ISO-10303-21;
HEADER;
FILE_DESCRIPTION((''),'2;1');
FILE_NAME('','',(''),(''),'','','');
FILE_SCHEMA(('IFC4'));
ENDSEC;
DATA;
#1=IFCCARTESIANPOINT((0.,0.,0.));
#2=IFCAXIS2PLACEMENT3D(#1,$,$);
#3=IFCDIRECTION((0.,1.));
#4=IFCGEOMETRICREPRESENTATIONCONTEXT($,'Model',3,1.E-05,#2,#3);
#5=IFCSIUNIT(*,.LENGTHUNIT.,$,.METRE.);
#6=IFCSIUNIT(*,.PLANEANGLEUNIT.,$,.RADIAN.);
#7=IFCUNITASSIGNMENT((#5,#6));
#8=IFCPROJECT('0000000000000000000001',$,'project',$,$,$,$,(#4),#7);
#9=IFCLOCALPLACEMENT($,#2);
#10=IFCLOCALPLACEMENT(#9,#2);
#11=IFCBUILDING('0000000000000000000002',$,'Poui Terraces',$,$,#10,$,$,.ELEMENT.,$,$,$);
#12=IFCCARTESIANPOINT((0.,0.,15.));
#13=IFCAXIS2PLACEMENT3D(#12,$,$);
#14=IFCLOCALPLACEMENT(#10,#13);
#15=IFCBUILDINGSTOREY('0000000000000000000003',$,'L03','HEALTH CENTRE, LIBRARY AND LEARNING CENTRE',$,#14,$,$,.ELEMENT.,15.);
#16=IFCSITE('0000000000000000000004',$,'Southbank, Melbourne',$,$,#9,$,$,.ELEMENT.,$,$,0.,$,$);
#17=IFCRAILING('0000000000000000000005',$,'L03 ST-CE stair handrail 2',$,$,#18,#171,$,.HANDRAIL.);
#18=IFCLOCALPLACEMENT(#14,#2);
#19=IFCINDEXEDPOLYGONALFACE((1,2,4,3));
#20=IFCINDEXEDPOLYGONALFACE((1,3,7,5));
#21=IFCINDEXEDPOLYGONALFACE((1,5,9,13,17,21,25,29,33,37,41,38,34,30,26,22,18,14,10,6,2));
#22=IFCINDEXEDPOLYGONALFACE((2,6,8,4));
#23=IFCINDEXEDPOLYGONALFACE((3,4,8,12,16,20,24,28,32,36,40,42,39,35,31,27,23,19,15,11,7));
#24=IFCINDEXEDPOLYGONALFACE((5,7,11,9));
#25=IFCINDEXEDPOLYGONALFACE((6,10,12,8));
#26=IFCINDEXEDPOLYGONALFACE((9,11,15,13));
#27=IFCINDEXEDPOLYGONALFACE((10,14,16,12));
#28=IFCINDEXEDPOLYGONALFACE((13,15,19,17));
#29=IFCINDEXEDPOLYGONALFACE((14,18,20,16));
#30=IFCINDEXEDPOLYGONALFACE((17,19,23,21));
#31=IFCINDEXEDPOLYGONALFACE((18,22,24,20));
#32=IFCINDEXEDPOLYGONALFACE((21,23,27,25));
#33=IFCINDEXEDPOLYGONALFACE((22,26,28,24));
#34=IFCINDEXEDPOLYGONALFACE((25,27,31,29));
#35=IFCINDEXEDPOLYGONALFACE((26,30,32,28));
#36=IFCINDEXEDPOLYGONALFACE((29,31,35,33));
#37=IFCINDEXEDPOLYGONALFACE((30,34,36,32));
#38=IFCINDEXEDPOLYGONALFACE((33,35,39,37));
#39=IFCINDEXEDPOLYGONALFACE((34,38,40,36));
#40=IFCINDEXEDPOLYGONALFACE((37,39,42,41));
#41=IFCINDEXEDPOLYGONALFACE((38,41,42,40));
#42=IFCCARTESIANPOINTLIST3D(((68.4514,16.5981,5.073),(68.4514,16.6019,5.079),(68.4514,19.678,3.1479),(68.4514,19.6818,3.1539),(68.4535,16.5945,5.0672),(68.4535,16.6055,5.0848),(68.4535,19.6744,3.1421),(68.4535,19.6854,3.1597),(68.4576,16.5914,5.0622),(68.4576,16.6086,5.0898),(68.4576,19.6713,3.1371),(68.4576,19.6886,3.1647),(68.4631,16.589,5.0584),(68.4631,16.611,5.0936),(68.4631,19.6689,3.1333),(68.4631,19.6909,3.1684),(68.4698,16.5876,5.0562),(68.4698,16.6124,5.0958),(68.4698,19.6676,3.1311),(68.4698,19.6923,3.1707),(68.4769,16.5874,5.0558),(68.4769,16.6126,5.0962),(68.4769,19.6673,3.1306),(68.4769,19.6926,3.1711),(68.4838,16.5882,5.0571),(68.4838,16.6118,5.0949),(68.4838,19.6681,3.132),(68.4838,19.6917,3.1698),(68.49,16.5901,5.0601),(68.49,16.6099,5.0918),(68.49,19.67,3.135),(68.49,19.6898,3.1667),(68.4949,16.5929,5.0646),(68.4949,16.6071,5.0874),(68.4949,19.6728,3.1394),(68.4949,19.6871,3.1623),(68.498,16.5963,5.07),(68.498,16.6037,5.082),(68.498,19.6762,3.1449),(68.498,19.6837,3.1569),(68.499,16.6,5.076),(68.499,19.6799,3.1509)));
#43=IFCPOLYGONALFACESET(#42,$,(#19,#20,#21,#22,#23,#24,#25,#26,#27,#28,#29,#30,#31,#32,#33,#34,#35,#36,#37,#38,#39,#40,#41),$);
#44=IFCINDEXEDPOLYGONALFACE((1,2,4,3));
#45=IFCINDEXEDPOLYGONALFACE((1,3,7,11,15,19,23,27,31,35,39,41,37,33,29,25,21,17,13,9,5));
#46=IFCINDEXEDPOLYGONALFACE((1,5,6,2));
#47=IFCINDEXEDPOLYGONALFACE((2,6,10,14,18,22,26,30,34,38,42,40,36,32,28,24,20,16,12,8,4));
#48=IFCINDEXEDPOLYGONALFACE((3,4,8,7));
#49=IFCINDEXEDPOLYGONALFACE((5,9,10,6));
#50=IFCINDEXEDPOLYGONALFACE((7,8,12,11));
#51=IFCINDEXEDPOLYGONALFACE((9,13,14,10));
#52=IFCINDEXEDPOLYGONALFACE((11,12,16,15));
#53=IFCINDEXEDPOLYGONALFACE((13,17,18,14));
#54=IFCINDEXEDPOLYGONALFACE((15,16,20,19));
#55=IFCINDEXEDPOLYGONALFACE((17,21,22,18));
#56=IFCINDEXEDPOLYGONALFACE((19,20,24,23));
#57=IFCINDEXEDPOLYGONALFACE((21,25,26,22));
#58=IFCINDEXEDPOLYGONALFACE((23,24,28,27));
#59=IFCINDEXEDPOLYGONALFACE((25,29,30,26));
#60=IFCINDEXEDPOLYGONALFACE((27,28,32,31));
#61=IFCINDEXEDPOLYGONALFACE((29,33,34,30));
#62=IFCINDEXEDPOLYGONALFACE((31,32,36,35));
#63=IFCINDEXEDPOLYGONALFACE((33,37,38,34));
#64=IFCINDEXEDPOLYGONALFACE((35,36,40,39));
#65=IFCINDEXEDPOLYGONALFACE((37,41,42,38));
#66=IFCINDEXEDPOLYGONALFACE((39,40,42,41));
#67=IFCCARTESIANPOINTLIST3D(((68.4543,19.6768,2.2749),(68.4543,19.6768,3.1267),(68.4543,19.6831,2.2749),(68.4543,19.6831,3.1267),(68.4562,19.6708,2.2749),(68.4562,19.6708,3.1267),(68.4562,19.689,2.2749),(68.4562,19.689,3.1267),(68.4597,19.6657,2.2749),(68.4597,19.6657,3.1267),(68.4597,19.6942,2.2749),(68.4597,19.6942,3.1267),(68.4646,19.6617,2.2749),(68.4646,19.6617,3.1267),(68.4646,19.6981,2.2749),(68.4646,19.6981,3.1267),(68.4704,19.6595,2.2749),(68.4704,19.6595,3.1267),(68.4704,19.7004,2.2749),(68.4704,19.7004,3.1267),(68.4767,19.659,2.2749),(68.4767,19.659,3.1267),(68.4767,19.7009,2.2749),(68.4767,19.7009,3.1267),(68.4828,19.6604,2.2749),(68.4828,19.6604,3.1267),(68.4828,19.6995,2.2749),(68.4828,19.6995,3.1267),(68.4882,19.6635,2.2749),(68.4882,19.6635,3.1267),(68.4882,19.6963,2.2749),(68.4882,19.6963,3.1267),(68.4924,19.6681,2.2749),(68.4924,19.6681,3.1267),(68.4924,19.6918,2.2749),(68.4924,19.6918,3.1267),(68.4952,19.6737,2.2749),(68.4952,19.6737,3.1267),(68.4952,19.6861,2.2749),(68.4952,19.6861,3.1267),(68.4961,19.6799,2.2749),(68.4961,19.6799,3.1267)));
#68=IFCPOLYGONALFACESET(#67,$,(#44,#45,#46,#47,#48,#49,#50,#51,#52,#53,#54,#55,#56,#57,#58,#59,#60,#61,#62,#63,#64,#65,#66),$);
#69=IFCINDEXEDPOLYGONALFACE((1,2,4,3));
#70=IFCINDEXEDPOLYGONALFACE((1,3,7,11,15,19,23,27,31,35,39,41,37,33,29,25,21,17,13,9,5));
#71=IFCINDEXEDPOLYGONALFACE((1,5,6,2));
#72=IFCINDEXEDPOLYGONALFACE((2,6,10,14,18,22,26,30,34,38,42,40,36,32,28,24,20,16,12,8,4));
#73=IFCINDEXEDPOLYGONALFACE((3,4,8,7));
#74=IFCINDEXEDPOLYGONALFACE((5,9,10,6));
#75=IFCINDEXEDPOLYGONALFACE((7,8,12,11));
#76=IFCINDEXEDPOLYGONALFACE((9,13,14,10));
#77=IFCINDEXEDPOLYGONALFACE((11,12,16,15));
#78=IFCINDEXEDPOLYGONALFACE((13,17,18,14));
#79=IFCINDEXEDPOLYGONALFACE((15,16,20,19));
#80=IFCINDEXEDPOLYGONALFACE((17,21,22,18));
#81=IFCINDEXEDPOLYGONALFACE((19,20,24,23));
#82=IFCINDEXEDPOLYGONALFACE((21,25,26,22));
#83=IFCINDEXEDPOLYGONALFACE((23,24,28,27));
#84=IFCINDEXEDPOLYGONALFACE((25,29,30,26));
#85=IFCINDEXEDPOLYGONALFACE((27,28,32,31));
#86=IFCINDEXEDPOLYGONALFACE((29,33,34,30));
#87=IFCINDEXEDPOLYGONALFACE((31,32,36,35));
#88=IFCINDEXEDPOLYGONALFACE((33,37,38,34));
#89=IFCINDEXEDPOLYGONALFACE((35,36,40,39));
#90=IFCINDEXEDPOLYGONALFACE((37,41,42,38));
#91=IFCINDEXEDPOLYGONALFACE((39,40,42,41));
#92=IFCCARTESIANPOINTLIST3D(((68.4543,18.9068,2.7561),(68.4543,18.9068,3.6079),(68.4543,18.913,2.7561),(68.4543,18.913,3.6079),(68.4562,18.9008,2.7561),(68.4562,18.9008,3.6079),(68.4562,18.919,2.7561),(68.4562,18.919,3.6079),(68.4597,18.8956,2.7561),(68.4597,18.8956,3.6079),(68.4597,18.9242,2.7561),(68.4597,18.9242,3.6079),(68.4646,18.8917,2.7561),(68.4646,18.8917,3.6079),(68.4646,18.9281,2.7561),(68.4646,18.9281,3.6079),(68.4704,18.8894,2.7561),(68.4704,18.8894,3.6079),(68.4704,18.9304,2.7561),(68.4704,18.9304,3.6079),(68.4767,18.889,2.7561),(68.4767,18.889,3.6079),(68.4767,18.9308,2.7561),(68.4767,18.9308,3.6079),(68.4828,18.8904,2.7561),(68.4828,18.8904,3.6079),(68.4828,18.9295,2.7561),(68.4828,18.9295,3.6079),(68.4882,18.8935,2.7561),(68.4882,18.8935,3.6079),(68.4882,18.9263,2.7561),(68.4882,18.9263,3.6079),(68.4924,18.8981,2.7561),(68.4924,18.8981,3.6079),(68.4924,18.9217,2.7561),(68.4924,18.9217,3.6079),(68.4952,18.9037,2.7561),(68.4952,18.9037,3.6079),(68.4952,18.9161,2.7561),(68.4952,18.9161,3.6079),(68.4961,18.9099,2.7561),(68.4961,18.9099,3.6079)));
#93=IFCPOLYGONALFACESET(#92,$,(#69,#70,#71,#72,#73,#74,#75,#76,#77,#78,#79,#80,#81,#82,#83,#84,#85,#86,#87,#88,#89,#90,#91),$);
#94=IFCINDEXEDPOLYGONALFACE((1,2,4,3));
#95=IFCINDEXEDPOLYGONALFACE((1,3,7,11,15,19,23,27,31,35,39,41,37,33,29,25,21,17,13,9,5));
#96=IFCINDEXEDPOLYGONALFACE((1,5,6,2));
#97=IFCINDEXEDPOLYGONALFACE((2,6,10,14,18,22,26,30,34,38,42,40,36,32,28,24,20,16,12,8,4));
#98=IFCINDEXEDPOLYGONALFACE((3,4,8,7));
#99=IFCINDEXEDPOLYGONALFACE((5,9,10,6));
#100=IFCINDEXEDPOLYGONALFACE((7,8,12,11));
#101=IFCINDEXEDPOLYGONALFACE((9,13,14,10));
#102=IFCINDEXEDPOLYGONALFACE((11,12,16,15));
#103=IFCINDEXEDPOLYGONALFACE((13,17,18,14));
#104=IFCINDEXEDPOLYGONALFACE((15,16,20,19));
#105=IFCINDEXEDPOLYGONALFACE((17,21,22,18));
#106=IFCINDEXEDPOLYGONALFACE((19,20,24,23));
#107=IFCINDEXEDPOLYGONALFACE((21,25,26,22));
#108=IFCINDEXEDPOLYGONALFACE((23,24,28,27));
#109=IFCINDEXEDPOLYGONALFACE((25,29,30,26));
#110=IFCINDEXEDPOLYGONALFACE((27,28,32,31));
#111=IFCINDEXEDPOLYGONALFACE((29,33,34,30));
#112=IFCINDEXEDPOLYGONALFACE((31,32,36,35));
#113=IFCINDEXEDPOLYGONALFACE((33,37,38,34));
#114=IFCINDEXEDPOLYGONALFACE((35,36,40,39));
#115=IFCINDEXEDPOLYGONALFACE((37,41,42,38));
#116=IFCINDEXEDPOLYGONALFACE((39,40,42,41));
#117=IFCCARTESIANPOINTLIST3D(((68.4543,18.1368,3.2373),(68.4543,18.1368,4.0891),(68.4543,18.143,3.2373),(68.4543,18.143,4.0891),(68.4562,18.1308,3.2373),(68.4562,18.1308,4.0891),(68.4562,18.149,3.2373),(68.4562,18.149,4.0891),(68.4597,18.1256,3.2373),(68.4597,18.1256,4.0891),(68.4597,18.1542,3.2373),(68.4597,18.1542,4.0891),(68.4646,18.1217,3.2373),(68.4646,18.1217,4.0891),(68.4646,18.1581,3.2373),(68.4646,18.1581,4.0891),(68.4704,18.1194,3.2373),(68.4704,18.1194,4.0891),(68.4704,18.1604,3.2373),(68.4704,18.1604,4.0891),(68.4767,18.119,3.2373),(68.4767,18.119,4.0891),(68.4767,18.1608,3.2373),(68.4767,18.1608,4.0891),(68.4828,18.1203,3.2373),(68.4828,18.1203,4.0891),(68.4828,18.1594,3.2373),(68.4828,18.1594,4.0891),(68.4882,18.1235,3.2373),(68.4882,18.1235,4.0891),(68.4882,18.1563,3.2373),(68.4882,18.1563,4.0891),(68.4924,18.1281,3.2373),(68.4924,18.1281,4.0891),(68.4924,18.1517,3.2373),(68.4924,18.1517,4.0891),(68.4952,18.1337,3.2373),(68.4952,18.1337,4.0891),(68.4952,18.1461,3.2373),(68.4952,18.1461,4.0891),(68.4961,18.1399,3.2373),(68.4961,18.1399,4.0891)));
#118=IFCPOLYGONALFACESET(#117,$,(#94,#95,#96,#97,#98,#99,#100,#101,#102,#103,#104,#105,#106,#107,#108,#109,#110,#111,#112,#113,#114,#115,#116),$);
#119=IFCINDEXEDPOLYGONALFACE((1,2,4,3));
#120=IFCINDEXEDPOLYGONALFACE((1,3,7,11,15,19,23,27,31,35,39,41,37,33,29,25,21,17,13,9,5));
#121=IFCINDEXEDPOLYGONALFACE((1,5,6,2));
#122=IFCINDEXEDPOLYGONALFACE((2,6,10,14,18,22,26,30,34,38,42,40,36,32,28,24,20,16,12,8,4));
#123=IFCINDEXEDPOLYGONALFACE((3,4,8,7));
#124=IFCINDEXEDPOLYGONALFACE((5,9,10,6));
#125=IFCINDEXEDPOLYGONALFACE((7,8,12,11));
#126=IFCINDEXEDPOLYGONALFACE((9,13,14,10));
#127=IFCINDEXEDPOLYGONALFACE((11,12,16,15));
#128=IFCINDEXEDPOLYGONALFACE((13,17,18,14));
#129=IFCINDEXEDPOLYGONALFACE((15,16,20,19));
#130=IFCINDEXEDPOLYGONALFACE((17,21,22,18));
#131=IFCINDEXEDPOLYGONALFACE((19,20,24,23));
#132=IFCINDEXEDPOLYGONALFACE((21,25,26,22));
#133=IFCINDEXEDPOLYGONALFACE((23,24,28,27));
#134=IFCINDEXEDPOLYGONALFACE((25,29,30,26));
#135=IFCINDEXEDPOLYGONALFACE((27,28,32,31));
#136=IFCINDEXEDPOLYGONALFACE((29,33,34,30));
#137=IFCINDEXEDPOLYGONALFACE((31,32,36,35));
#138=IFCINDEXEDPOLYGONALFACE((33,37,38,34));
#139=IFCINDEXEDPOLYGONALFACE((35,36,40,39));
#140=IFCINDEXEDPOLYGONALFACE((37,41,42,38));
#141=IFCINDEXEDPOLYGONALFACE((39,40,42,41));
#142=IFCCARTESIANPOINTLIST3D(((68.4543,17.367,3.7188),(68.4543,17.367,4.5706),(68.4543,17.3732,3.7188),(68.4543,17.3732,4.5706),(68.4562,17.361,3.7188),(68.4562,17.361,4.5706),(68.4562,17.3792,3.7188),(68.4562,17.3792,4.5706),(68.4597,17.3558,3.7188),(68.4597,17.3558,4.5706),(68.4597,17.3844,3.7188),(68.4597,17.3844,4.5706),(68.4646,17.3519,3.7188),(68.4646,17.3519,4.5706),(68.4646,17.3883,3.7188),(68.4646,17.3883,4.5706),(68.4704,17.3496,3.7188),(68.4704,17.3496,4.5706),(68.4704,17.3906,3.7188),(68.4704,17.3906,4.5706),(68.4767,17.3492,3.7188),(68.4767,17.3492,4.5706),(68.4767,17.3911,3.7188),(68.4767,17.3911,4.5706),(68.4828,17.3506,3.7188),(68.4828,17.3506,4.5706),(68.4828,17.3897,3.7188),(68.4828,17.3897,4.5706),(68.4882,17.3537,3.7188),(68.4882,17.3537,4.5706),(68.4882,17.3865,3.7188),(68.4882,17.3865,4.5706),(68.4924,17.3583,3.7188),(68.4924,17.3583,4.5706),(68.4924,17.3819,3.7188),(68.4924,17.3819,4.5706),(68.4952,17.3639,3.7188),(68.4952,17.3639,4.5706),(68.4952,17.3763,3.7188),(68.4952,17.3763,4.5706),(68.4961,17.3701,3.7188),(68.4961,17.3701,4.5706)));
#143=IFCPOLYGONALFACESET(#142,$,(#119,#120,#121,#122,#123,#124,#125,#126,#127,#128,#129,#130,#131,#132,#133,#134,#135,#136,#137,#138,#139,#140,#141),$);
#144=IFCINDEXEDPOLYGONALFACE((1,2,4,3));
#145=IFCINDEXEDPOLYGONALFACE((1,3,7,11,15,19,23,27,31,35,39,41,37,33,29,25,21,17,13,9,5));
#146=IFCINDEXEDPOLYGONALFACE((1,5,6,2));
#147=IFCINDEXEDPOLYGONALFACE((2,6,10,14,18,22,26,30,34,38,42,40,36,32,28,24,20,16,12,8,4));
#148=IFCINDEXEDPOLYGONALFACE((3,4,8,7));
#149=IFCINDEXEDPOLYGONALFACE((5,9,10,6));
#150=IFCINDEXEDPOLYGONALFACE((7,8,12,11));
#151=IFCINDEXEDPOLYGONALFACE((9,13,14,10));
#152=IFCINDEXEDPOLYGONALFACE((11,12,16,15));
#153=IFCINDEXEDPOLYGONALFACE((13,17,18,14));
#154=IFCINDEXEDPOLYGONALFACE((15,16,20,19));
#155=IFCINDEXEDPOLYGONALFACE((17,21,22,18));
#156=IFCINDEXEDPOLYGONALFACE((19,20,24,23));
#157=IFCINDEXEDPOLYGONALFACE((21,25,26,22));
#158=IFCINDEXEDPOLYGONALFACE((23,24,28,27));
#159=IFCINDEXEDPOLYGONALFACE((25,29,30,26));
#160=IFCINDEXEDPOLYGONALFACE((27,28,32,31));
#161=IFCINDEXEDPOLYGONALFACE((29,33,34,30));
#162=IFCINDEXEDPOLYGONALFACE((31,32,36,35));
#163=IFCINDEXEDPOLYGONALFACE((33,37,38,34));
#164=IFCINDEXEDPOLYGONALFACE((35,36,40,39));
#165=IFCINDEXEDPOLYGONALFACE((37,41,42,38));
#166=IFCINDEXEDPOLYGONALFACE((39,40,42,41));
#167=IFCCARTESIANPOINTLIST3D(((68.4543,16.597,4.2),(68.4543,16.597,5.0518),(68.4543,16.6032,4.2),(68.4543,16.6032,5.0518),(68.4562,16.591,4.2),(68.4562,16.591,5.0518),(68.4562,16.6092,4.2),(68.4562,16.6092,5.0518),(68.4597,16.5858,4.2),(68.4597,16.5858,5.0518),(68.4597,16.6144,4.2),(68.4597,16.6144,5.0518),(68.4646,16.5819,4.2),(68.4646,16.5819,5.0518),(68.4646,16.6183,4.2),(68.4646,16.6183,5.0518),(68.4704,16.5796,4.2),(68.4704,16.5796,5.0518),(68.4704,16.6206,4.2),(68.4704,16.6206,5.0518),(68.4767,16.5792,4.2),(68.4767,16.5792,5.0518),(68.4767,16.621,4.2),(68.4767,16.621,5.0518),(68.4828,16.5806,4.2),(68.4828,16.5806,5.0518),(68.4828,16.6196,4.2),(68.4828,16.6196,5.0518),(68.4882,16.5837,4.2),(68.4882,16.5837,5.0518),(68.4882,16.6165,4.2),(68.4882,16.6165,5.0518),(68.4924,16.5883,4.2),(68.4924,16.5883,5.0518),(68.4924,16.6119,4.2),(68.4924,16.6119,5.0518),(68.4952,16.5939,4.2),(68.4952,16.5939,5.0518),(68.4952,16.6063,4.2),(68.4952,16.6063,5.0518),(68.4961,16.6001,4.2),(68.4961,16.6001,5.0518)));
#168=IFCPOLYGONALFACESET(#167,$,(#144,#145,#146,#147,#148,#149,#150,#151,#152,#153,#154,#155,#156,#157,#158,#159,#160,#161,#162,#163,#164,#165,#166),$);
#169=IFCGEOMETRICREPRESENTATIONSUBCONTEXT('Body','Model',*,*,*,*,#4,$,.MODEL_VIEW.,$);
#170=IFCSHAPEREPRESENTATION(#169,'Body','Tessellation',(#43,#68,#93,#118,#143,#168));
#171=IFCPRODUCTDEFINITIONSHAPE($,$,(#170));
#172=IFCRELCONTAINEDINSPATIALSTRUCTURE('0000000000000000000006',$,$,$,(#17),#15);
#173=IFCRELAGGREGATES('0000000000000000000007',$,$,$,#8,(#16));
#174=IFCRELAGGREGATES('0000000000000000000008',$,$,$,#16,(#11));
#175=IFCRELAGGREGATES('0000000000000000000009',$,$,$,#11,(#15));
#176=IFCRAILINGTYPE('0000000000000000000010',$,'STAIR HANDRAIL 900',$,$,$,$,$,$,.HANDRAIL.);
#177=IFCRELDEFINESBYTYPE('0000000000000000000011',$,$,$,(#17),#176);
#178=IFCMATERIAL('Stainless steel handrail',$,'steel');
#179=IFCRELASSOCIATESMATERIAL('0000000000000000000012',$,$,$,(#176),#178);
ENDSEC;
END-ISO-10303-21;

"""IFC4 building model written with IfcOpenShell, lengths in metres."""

from ifc_helpers import new_model, si_unit, direction, frame, origin, origin_2d, place, context, subcontext, project, spatial, circle, extrude, material, type_object, element, save


model = new_model("IFC4")

# Units and contexts
model_context = context("Model", 3, precision=1e-05, world=origin(), true_north=direction((0.0, 1.0)))
body_context = subcontext(model_context, "Body", "Model", "MODEL_VIEW")
ifc_project = project(units=[si_unit("LENGTHUNIT", "METRE"), si_unit("PLANEANGLEUNIT", "RADIAN")], contexts=[model_context])

# Site, building, storey
site_placement = place(None, origin())
site = spatial("IfcSite", under=ifc_project, at=site_placement, Name="Southbank, Melbourne", CompositionType="ELEMENT", RefElevation=0.0)
building_placement = place(site_placement, origin())
building = spatial("IfcBuilding", under=site, at=building_placement, Name="Poui Terraces", CompositionType="ELEMENT")
storey_placement = place(building_placement, frame((0.0, 0.0, 15.0)))
storey = spatial("IfcBuildingStorey", under=building, at=storey_placement, Name="L03", Description="HEALTH CENTRE, LIBRARY AND LEARNING CENTRE", CompositionType="ELEMENT", Elevation=15.0)

# Railing
ifc_material_1 = material(Name="Stainless steel handrail", Category="steel")
railing_type_1 = type_object("IfcRailingType", Name="STAIR HANDRAIL 900", PredefinedType="HANDRAIL", material=ifc_material_1)
railing_1_placement = place(storey_placement, frame((68.4751, 19.6799, 2.2749)))
element("IfcRailing", 1, at=railing_1_placement, inside=storey, type_object=railing_type_1, Name="L03 ST-CE stair handrail 2", PredefinedType="HANDRAIL", context=body_context, shape_type="SweptSolid", body=[
    extrude(circle(Radius=0.0239, at=origin_2d()), frame((0.0, 0.0, 0.876), z_axis=(0.0, -0.847979, 0.530029), x_axis=(1.0, 0.0, 0.0)), (0.0, 0.0, 1.0), 3.6321),
    extrude(circle(Radius=0.021, at=origin_2d()), origin(), (0.0, 0.0, 1.0), 0.8518),
    extrude(circle(Radius=0.021, at=origin_2d()), frame((0.0, -0.77, 0.4812)), (0.0, 0.0, 1.0), 0.8518),
    extrude(circle(Radius=0.021, at=origin_2d()), frame((0.0, -1.54, 0.9624)), (0.0, 0.0, 1.0), 0.8518),
    extrude(circle(Radius=0.021, at=origin_2d()), frame((0.0, -2.3098, 1.4438)), (0.0, 0.0, 1.0), 0.8518),
    extrude(circle(Radius=0.021, at=origin_2d()), frame((0.0, -3.0798, 1.925)), (0.0, 0.0, 1.0), 0.8518),
])

save(model, "model.ifc")
